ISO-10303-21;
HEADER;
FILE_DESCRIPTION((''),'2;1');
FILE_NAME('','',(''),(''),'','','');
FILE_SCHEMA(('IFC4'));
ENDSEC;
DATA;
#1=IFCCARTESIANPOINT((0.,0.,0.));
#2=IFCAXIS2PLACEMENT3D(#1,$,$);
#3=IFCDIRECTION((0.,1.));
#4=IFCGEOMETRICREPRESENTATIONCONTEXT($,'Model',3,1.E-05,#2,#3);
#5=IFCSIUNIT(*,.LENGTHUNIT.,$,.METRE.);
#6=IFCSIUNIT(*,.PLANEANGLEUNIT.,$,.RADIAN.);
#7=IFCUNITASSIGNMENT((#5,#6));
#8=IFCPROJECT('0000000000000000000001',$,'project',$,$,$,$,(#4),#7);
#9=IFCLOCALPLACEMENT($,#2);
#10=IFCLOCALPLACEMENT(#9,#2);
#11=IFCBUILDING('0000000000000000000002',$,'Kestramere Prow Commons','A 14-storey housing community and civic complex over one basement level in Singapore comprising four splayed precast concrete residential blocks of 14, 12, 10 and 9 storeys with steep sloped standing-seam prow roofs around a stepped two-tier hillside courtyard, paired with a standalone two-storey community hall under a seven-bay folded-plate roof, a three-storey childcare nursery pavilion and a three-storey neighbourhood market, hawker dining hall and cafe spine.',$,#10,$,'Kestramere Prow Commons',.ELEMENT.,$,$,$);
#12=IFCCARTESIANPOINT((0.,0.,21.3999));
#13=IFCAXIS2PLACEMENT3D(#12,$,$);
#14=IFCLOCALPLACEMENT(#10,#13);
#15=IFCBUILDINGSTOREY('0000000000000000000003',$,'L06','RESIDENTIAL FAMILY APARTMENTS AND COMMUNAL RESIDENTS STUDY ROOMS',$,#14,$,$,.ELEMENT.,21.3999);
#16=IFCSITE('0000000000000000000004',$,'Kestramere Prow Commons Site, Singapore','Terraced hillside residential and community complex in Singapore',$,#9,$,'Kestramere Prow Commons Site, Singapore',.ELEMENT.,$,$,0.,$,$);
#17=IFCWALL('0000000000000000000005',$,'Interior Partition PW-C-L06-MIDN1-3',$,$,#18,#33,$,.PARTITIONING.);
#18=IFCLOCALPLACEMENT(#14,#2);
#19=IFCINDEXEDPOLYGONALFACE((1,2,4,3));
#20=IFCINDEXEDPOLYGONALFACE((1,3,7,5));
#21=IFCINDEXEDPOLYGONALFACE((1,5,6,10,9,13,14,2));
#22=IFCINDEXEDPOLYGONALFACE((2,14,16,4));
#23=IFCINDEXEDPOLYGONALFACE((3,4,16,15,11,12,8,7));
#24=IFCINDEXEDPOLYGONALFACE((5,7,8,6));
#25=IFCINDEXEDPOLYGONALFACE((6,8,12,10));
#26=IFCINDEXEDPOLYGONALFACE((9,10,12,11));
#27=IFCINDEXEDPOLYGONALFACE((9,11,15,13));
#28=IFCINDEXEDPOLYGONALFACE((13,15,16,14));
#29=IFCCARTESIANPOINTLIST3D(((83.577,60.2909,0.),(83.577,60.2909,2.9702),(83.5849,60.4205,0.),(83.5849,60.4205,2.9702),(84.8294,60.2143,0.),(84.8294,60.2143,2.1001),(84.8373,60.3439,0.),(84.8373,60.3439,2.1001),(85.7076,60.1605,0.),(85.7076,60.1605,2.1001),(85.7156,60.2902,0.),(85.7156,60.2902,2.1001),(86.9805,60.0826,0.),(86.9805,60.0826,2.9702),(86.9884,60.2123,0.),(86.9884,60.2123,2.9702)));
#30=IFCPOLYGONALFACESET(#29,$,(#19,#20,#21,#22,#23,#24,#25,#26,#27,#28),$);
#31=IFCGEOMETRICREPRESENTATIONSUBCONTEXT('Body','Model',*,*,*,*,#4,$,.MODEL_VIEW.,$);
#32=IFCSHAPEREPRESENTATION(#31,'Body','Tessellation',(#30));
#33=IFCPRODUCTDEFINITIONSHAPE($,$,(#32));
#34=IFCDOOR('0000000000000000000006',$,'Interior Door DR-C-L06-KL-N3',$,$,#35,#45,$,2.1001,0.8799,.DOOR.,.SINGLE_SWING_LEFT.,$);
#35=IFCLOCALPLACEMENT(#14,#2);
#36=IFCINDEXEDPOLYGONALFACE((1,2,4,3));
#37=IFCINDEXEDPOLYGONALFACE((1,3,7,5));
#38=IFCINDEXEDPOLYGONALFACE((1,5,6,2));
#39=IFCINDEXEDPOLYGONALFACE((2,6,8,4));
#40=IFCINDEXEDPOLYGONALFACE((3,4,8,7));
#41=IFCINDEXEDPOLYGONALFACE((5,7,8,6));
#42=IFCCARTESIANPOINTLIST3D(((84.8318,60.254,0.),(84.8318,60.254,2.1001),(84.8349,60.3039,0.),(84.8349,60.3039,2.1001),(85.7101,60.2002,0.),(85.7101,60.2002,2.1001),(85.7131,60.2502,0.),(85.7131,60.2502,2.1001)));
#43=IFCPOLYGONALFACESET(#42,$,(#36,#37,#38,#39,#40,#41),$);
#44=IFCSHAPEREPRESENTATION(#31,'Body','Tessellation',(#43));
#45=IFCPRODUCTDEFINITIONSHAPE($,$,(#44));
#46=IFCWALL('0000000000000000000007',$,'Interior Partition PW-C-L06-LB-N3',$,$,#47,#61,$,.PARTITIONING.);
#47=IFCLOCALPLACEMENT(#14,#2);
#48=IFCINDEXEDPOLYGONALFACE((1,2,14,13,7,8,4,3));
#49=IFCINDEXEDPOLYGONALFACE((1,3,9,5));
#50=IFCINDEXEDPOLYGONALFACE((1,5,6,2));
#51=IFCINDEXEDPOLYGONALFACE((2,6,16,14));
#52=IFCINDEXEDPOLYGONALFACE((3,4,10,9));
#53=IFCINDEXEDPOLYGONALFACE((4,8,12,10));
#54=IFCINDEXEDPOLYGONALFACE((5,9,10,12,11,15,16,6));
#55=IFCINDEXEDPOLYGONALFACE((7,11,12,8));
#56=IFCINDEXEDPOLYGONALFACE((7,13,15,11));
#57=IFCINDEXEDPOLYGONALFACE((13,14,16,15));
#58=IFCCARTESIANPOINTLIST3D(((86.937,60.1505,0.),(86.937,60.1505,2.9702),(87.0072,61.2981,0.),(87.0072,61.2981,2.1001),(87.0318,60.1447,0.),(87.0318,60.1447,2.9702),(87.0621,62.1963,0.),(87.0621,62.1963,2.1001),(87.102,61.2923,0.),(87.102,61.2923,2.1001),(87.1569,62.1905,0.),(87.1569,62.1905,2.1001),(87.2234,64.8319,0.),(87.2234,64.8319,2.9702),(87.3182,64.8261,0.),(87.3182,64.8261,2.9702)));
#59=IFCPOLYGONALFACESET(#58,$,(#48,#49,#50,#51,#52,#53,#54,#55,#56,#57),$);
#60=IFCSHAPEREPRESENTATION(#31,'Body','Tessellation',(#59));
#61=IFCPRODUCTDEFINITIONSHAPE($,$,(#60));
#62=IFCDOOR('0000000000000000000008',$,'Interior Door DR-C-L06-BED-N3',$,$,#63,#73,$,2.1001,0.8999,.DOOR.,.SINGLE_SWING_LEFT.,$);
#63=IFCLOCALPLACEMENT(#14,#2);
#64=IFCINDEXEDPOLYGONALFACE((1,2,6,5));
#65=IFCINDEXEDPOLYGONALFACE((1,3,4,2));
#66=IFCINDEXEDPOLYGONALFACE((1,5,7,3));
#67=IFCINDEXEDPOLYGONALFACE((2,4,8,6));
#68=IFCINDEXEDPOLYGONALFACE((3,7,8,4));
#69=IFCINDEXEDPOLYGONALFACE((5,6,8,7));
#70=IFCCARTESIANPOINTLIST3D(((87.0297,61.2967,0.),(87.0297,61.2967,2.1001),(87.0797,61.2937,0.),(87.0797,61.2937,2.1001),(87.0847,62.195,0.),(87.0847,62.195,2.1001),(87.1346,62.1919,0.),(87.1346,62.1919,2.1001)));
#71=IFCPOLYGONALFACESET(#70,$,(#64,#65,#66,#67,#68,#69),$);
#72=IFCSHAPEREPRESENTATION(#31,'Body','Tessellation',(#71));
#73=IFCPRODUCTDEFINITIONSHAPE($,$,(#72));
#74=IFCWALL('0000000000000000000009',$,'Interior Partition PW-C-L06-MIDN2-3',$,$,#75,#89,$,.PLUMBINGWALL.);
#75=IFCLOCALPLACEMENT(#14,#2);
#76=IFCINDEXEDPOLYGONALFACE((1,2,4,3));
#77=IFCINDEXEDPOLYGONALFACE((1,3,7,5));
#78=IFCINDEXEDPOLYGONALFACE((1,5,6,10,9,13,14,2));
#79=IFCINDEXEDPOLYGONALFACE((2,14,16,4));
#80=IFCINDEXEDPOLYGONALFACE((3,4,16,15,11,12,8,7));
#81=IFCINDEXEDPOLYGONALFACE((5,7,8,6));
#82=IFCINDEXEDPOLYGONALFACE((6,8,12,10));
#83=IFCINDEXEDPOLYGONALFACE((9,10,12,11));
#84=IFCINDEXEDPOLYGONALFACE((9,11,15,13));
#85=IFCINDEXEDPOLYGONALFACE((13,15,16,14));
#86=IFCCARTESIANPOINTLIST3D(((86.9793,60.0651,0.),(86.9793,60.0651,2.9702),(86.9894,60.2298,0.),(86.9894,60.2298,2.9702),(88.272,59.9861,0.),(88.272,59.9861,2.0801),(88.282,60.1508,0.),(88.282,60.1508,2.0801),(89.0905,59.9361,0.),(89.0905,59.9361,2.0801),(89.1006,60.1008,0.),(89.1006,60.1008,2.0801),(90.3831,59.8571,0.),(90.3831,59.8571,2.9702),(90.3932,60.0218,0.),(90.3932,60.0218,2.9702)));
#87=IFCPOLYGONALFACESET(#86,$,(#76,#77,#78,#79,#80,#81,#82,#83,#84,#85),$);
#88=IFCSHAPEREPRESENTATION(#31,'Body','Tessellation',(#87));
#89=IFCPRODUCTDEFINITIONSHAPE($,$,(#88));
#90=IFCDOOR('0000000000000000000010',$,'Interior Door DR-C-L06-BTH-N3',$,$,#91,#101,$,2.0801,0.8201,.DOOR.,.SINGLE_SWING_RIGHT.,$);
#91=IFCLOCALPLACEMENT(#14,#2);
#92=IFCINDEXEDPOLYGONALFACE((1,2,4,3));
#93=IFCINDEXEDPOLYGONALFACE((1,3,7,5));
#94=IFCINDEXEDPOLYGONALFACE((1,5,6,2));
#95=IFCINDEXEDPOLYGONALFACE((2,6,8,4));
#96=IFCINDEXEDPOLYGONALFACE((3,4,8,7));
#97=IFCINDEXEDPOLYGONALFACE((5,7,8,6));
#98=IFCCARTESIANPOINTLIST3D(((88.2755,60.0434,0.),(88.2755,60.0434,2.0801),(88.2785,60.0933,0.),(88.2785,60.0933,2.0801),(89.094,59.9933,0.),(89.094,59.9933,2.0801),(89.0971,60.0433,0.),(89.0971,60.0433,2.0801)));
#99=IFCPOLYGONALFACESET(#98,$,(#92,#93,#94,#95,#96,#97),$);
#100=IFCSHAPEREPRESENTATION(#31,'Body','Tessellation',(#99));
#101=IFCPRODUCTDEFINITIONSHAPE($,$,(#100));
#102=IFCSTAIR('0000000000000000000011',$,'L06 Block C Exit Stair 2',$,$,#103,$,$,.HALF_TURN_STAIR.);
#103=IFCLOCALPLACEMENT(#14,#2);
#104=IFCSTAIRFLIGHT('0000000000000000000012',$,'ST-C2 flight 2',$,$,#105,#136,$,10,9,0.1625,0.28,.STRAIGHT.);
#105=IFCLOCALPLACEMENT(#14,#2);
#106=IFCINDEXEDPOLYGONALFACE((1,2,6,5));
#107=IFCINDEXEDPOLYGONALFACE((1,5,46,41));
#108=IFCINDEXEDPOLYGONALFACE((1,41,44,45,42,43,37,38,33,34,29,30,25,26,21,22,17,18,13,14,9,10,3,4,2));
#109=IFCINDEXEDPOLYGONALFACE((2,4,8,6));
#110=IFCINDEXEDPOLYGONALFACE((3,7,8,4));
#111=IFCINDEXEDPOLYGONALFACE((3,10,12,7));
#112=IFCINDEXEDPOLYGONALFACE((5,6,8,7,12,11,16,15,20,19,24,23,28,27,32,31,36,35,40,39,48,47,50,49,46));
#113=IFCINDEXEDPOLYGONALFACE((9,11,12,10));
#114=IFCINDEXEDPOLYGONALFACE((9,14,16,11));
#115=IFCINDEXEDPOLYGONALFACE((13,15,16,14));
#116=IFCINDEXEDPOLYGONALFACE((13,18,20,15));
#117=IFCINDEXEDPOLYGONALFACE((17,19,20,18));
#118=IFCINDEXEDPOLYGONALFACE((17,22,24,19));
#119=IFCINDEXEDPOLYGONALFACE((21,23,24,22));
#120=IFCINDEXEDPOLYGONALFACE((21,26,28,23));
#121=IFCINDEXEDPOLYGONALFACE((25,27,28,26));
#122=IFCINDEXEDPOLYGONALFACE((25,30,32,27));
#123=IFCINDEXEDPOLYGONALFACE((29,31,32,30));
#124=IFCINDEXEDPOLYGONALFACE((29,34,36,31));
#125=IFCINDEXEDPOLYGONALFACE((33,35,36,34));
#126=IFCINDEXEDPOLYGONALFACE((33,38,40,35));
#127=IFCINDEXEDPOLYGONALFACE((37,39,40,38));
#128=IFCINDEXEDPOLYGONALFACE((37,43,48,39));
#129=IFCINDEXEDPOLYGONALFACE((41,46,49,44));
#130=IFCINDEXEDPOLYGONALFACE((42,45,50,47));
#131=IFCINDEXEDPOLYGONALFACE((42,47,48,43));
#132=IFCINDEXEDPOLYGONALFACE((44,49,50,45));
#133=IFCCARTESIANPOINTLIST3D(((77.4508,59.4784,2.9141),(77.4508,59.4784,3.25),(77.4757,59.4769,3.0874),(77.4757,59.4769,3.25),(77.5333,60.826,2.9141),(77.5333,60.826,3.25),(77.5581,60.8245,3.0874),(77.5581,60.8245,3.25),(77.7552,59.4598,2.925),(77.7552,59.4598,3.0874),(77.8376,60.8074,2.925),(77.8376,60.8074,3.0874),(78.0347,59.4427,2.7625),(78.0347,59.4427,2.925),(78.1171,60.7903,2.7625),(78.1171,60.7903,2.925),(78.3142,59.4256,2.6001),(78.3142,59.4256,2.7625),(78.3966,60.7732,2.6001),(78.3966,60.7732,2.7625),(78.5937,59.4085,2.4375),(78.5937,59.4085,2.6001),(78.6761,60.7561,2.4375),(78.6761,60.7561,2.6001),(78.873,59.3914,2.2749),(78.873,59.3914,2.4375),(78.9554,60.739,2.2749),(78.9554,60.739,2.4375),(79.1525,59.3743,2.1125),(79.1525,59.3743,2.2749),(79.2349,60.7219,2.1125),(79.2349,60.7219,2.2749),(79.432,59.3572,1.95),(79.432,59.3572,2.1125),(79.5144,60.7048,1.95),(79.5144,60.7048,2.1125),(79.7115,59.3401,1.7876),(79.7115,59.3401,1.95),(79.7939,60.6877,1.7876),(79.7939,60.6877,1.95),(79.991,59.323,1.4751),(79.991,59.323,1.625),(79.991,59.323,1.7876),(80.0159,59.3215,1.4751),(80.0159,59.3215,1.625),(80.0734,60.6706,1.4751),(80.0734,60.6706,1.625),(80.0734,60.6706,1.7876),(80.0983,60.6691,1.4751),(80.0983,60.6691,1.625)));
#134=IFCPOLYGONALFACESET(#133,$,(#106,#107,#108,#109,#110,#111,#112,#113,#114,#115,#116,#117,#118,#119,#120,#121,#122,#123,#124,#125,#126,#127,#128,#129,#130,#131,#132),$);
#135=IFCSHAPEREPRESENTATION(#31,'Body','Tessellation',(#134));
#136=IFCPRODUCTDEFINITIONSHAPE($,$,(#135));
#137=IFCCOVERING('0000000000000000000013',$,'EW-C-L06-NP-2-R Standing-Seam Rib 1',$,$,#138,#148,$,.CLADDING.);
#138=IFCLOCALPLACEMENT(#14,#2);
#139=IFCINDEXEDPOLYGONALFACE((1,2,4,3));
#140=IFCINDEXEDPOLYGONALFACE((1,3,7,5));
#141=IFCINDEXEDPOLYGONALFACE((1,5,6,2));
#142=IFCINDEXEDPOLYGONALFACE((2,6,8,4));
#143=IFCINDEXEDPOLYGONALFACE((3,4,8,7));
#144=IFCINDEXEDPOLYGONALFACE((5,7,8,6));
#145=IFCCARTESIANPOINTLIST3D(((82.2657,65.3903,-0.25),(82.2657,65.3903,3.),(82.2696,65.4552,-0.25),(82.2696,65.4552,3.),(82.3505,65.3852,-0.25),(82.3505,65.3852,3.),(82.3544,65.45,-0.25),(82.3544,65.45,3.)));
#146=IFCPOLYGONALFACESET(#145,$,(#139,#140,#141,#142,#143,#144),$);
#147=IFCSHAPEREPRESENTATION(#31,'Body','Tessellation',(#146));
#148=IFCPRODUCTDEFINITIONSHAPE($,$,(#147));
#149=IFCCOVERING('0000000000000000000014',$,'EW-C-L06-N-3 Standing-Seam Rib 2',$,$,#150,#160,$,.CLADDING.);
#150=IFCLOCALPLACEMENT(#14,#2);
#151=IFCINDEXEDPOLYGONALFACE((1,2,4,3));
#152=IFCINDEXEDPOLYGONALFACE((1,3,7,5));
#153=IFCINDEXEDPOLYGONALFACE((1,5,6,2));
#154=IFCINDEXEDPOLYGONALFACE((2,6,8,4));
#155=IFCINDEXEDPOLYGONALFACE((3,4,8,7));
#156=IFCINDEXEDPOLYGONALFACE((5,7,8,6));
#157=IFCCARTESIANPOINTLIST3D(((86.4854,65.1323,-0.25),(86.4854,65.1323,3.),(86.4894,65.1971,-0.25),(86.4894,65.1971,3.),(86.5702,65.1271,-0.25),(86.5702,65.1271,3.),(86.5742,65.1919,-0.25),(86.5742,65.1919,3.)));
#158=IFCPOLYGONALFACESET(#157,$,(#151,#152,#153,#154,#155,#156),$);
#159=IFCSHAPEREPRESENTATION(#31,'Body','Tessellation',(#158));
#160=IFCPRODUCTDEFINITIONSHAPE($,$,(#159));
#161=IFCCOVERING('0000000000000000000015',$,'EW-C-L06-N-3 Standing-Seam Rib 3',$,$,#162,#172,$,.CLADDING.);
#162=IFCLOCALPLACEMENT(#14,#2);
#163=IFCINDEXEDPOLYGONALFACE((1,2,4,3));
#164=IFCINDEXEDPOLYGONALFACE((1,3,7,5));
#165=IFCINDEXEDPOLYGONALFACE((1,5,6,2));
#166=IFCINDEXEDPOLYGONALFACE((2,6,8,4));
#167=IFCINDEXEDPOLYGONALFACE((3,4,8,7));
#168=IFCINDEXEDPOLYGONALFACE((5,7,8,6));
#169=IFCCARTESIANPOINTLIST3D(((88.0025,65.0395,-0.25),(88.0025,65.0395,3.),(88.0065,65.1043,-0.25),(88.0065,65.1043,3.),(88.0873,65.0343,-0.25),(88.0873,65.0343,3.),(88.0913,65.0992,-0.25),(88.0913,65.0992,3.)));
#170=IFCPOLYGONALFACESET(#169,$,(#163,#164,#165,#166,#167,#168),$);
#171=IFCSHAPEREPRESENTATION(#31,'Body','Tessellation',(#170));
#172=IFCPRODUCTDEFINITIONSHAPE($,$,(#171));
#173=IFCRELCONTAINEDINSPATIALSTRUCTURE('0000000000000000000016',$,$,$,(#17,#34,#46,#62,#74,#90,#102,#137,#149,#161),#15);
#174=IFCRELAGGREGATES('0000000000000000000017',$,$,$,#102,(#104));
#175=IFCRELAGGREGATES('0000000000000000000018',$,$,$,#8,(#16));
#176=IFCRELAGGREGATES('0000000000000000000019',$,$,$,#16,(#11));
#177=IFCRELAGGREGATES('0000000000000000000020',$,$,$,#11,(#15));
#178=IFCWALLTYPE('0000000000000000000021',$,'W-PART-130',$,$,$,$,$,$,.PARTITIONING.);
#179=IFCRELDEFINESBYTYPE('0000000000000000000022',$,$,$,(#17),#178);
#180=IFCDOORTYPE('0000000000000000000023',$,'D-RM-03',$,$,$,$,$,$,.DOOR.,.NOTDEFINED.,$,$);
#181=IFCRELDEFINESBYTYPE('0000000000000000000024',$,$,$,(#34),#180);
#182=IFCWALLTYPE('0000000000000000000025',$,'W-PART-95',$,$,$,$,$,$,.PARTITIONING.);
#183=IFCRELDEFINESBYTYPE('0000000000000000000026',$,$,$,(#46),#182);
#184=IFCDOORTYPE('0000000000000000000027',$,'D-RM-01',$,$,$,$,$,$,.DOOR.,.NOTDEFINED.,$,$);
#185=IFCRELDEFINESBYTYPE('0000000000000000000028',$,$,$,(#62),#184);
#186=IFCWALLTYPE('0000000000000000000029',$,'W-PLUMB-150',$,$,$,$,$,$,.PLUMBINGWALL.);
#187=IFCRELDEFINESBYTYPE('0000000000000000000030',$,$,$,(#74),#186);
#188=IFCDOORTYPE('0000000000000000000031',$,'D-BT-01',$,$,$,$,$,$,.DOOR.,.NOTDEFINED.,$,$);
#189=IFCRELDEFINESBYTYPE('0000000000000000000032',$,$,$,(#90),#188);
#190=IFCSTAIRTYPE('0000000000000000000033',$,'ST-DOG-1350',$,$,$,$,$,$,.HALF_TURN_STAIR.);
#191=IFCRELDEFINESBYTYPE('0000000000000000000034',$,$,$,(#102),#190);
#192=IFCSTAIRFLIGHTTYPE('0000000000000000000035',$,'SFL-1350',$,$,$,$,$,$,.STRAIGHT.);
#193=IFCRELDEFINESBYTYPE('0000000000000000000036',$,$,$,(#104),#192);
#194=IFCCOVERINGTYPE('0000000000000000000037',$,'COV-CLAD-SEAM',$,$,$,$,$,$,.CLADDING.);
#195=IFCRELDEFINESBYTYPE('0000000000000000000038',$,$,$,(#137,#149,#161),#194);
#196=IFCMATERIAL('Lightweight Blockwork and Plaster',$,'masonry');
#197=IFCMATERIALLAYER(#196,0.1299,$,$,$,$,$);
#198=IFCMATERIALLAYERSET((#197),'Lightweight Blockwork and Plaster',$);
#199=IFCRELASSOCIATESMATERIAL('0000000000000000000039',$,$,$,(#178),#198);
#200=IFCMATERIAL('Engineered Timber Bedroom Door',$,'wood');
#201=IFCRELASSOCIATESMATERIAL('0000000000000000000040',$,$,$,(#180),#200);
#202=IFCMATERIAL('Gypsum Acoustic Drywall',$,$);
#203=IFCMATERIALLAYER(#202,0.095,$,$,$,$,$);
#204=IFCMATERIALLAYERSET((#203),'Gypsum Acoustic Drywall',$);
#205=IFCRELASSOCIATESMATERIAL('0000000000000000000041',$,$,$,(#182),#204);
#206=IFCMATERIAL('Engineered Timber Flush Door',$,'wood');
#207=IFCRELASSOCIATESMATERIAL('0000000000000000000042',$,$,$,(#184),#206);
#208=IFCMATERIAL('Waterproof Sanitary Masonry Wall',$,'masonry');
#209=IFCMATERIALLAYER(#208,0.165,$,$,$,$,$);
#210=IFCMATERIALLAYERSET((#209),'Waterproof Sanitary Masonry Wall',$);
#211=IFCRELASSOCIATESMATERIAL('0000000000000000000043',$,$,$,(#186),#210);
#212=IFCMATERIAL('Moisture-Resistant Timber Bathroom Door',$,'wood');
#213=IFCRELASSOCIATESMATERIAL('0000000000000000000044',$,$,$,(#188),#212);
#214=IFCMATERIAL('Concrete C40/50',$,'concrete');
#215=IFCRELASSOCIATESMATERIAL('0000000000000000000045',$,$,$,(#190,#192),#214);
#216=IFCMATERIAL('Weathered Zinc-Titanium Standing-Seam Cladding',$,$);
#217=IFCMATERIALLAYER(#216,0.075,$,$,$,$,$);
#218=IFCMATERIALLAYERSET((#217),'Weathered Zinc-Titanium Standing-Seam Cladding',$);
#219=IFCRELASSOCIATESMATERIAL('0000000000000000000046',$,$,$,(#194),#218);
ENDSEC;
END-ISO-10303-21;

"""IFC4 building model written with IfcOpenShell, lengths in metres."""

from ifc_helpers import new_model, si_unit, direction, frame, frame_2d, origin, origin_2d, place, context, subcontext, project, spatial, polyline, rectangle, outline, extrude, material, layer, layer_set, type_object, element, fill, aggregate, save


model = new_model("IFC4")

# Units and contexts
model_context = context("Model", 3, precision=1e-05, world=origin(), true_north=direction((0.0, 1.0)))
body_context = subcontext(model_context, "Body", "Model", "MODEL_VIEW")
ifc_project = project(units=[si_unit("LENGTHUNIT", "METRE"), si_unit("PLANEANGLEUNIT", "RADIAN")], contexts=[model_context])

# Site, building, storey
site_placement = place(None, origin())
site = spatial("IfcSite", under=ifc_project, at=site_placement, Name="Kestramere Prow Commons Site, Singapore", Description="Terraced hillside residential and community complex in Singapore", LongName="Kestramere Prow Commons Site, Singapore", CompositionType="ELEMENT", RefElevation=0.0)
building_placement = place(site_placement, origin())
building = spatial("IfcBuilding", under=site, at=building_placement, Name="Kestramere Prow Commons", Description="A 14-storey housing community and civic complex over one basement level in Singapore comprising four splayed precast concrete residential blocks of 14, 12, 10 and 9 storeys with steep sloped standing-seam prow roofs around a stepped two-tier hillside courtyard, paired with a standalone two-storey community hall under a seven-bay folded-plate roof, a three-storey childcare nursery pavilion and a three-storey neighbourhood market, hawker dining hall and cafe spine.", LongName="Kestramere Prow Commons", CompositionType="ELEMENT")
storey_placement = place(building_placement, frame((0.0, 0.0, 21.3999)))
storey = spatial("IfcBuildingStorey", under=building, at=storey_placement, Name="L06", Description="RESIDENTIAL FAMILY APARTMENTS AND COMMUNAL RESIDENTS STUDY ROOMS", CompositionType="ELEMENT", Elevation=21.3999)

# Walls, openings, doors
ifc_material_1 = material(Name="Lightweight Blockwork and Plaster", Category="masonry")
ifc_layer_1 = layer(ifc_material_1, 0.1299)
ifc_layer_set_1 = layer_set([ifc_layer_1], Name="Lightweight Blockwork and Plaster")
wall_type_1 = type_object("IfcWallType", Name="W-PART-130", PredefinedType="PARTITIONING", material=ifc_layer_set_1)
wall_1_placement = place(storey_placement, frame((83.5808, 60.3557, 0.0), z_axis=(0.0, 0.0, 1.0), x_axis=(0.998133, -0.061072, 0.0)))
wall_1 = element("IfcWall", 1, at=wall_1_placement, inside=storey, type_object=wall_type_1, Name="Interior Partition PW-C-L06-MIDN1-3", PredefinedType="PARTITIONING", context=body_context, shape_type="SweptSolid", body=[
    extrude(rectangle(XDim=3.4099, YDim=0.1299, at=frame_2d((1.7051, 0.0))), origin(), (0.0, 0.0, 1.0), 2.9702),
])
opening_1_placement = place(wall_1_placement, frame((1.2549, 0.0, 0.0)))
opening_1 = element("IfcOpeningElement", 2, at=opening_1_placement, cuts=wall_1, PredefinedType="OPENING", context=body_context, shape_type="SweptSolid", body=[
    extrude(rectangle(XDim=0.8799, YDim=2.1001, at=frame_2d((0.4399, 1.05))), frame((0.0, 0.0798, 0.0), z_axis=(0.0, -1.0, 0.0), x_axis=(1.0, 0.0, 0.0)), (0.0, 0.0, 1.0), 0.1599),
])
ifc_material_2 = material(Name="Engineered Timber Bedroom Door", Category="wood")
door_type_1 = type_object("IfcDoorType", Name="D-RM-03", OperationType="NOTDEFINED", PredefinedType="DOOR", material=ifc_material_2)
door_1_placement = place(opening_1_placement, origin())
door_1 = element("IfcDoor", 3, at=door_1_placement, inside=storey, type_object=door_type_1, Name="Interior Door DR-C-L06-KL-N3", OperationType="SINGLE_SWING_LEFT", OverallHeight=2.1001, OverallWidth=0.8799, PredefinedType="DOOR", context=body_context, shape_type="SweptSolid", body=[
    extrude(rectangle(XDim=0.8799, YDim=2.1001, at=frame_2d((0.4399, 1.05))), frame((0.0, 0.0249, 0.0), z_axis=(0.0, -1.0, 0.0), x_axis=(1.0, 0.0, 0.0)), (0.0, 0.0, 1.0), 0.05),
])
fill(opening_1, door_1)
ifc_material_3 = material(Name="Gypsum Acoustic Drywall")
ifc_layer_2 = layer(ifc_material_3, 0.095)
ifc_layer_set_2 = layer_set([ifc_layer_2], Name="Gypsum Acoustic Drywall")
wall_type_2 = type_object("IfcWallType", Name="W-PART-95", PredefinedType="PARTITIONING", material=ifc_layer_set_2)
wall_2_placement = place(storey_placement, frame((86.9844, 60.1475, 0.0), z_axis=(0.0, 0.0, 1.0), x_axis=(0.061059, 0.998134, 0.0)))
wall_2 = element("IfcWall", 4, at=wall_2_placement, inside=storey, type_object=wall_type_2, Name="Interior Partition PW-C-L06-LB-N3", PredefinedType="PARTITIONING", context=body_context, shape_type="SweptSolid", body=[
    extrude(rectangle(XDim=4.6902, YDim=0.095, at=frame_2d((2.3452, 0.0))), origin(), (0.0, 0.0, 1.0), 2.9702),
])
opening_2_placement = place(wall_2_placement, frame((1.1499, 0.0, 0.0)))
opening_2 = element("IfcOpeningElement", 5, at=opening_2_placement, cuts=wall_2, PredefinedType="OPENING", context=body_context, shape_type="SweptSolid", body=[
    extrude(rectangle(XDim=0.8999, YDim=2.1001, at=frame_2d((0.45, 1.05))), frame((0.0, 0.0625, 0.0), z_axis=(0.0, -1.0, 0.0), x_axis=(1.0, 0.0, 0.0)), (0.0, 0.0, 1.0), 0.125),
])
ifc_material_4 = material(Name="Engineered Timber Flush Door", Category="wood")
door_type_2 = type_object("IfcDoorType", Name="D-RM-01", OperationType="NOTDEFINED", PredefinedType="DOOR", material=ifc_material_4)
door_2_placement = place(opening_2_placement, origin())
door_2 = element("IfcDoor", 6, at=door_2_placement, inside=storey, type_object=door_type_2, Name="Interior Door DR-C-L06-BED-N3", OperationType="SINGLE_SWING_LEFT", OverallHeight=2.1001, OverallWidth=0.8999, PredefinedType="DOOR", context=body_context, shape_type="SweptSolid", body=[
    extrude(rectangle(XDim=0.8999, YDim=2.1001, at=frame_2d((0.45, 1.05))), frame((0.0, 0.0249, 0.0), z_axis=(0.0, -1.0, 0.0), x_axis=(1.0, 0.0, 0.0)), (0.0, 0.0, 1.0), 0.05),
])
fill(opening_2, door_2)
ifc_material_5 = material(Name="Waterproof Sanitary Masonry Wall", Category="masonry")
ifc_layer_3 = layer(ifc_material_5, 0.165)
ifc_layer_set_3 = layer_set([ifc_layer_3], Name="Waterproof Sanitary Masonry Wall")
wall_type_3 = type_object("IfcWallType", Name="W-PLUMB-150", PredefinedType="PLUMBINGWALL", material=ifc_layer_set_3)
wall_3_placement = place(storey_placement, frame((86.9844, 60.1475, 0.0), z_axis=(0.0, 0.0, 1.0), x_axis=(0.998138, -0.060997, 0.0)))
wall_3 = element("IfcWall", 7, at=wall_3_placement, inside=storey, type_object=wall_type_3, Name="Interior Partition PW-C-L06-MIDN2-3", PredefinedType="PLUMBINGWALL", context=body_context, shape_type="SweptSolid", body=[
    extrude(rectangle(XDim=3.4102, YDim=0.165, at=frame_2d((1.7051, 0.0))), origin(), (0.0, 0.0, 1.0), 2.9702),
])
opening_3_placement = place(wall_3_placement, frame((1.2949, 0.0, 0.0)))
opening_3 = element("IfcOpeningElement", 8, at=opening_3_placement, cuts=wall_3, PredefinedType="OPENING", context=body_context, shape_type="SweptSolid", body=[
    extrude(rectangle(XDim=0.8201, YDim=2.0801, at=frame_2d((0.4102, 1.04))), frame((0.0, 0.0974, 0.0), z_axis=(0.0, -1.0, 0.0), x_axis=(1.0, 0.0, 0.0)), (0.0, 0.0, 1.0), 0.1951),
])
ifc_material_6 = material(Name="Moisture-Resistant Timber Bathroom Door", Category="wood")
door_type_3 = type_object("IfcDoorType", Name="D-BT-01", OperationType="NOTDEFINED", PredefinedType="DOOR", material=ifc_material_6)
door_3_placement = place(opening_3_placement, origin())
door_3 = element("IfcDoor", 9, at=door_3_placement, inside=storey, type_object=door_type_3, Name="Interior Door DR-C-L06-BTH-N3", OperationType="SINGLE_SWING_RIGHT", OverallHeight=2.0801, OverallWidth=0.8201, PredefinedType="DOOR", context=body_context, shape_type="SweptSolid", body=[
    extrude(rectangle(XDim=0.8201, YDim=2.0801, at=frame_2d((0.4102, 1.04))), frame((0.0, 0.0249, 0.0), z_axis=(0.0, -1.0, 0.0), x_axis=(1.0, 0.0, 0.0)), (0.0, 0.0, 1.0), 0.05),
])
fill(opening_3, door_3)

# Stair, stair flight
ifc_material_7 = material(Name="Concrete C40/50", Category="concrete")
stair_type = type_object("IfcStairType", Name="ST-DOG-1350", PredefinedType="HALF_TURN_STAIR", material=ifc_material_7)
stair_placement = place(storey_placement, origin())
stair = element("IfcStair", 10, at=stair_placement, inside=storey, type_object=stair_type, Name="L06 Block C Exit Stair 2", PredefinedType="HALF_TURN_STAIR")
stair_flight_type = type_object("IfcStairFlightType", Name="SFL-1350", PredefinedType="STRAIGHT", material=ifc_material_7)
stair_flight_placement = place(storey_placement, frame((80.0322, 59.9968, 1.625), z_axis=(0.0, 0.0, 1.0), x_axis=(-0.998135, 0.061049, 0.0)))
stair_flight = element("IfcStairFlight", 11, at=stair_flight_placement, type_object=stair_flight_type, Name="ST-C2 flight 2", NumberOfRisers=10, NumberOfTreads=9, PredefinedType="STRAIGHT", RiserHeight=0.1625, TreadLength=0.28, context=body_context, shape_type="SweptSolid", body=[
    extrude(outline(polyline([(-0.0249, 0.0), (0.0, 0.0), (0.0, 0.1626), (0.28, 0.1626), (0.28, 0.325), (0.5601, 0.325), (0.5601, 0.4875), (0.8401, 0.4875), (0.8401, 0.6499), (1.1201, 0.6499), (1.1201, 0.8125), (1.3999, 0.8125), (1.3999, 0.9751), (1.6799, 0.9751), (1.6799, 1.1375), (1.96, 1.1375), (1.96, 1.3), (2.24, 1.3), (2.24, 1.4624), (2.52, 1.4624), (2.52, 1.625), (2.5449, 1.625), (2.5449, 1.2891), (0.0, -0.1499), (-0.0249, -0.1499), (-0.0249, 0.0)])), frame((0.0, 0.675, 0.0), z_axis=(0.0, -1.0, 0.0), x_axis=(1.0, 0.0, 0.0)), (0.0, 0.0, 1.0), 1.3501),
])
aggregate(stair, [stair_flight])

# Coverings
ifc_material_8 = material(Name="Weathered Zinc-Titanium Standing-Seam Cladding")
ifc_layer_4 = layer(ifc_material_8, 0.075)
ifc_layer_set_4 = layer_set([ifc_layer_4], Name="Weathered Zinc-Titanium Standing-Seam Cladding")
covering_type = type_object("IfcCoveringType", Name="COV-CLAD-SEAM", PredefinedType="CLADDING", material=ifc_layer_set_4)
for number, where, z_axis, x_axis, name in (
    (12, (82.3101, 65.4202, -0.25), (0.0, 0.0, 1.0), (0.998135, -0.061049, 0.0), "EW-C-L06-NP-2-R Standing-Seam Rib 1"),
    (13, (86.5298, 65.1621, -0.25), (0.0, 0.0, 1.0), (0.998135, -0.061049, 0.0), "EW-C-L06-N-3 Standing-Seam Rib 2"),
    (14, (88.0469, 65.0693, -0.25), (0.0, 0.0, 1.0), (0.998135, -0.061049, 0.0), "EW-C-L06-N-3 Standing-Seam Rib 3"),
):
    element("IfcCovering", number, at=place(storey_placement, frame(where, z_axis=z_axis, x_axis=x_axis)), inside=storey, type_object=covering_type, Name=name, PredefinedType="CLADDING", context=body_context, shape_type="SweptSolid", body=[
        extrude(rectangle(XDim=0.085, YDim=0.0649, at=origin_2d()), origin(), (0.0, 0.0, 1.0), 3.25),
    ])

save(model, "model.ifc")
